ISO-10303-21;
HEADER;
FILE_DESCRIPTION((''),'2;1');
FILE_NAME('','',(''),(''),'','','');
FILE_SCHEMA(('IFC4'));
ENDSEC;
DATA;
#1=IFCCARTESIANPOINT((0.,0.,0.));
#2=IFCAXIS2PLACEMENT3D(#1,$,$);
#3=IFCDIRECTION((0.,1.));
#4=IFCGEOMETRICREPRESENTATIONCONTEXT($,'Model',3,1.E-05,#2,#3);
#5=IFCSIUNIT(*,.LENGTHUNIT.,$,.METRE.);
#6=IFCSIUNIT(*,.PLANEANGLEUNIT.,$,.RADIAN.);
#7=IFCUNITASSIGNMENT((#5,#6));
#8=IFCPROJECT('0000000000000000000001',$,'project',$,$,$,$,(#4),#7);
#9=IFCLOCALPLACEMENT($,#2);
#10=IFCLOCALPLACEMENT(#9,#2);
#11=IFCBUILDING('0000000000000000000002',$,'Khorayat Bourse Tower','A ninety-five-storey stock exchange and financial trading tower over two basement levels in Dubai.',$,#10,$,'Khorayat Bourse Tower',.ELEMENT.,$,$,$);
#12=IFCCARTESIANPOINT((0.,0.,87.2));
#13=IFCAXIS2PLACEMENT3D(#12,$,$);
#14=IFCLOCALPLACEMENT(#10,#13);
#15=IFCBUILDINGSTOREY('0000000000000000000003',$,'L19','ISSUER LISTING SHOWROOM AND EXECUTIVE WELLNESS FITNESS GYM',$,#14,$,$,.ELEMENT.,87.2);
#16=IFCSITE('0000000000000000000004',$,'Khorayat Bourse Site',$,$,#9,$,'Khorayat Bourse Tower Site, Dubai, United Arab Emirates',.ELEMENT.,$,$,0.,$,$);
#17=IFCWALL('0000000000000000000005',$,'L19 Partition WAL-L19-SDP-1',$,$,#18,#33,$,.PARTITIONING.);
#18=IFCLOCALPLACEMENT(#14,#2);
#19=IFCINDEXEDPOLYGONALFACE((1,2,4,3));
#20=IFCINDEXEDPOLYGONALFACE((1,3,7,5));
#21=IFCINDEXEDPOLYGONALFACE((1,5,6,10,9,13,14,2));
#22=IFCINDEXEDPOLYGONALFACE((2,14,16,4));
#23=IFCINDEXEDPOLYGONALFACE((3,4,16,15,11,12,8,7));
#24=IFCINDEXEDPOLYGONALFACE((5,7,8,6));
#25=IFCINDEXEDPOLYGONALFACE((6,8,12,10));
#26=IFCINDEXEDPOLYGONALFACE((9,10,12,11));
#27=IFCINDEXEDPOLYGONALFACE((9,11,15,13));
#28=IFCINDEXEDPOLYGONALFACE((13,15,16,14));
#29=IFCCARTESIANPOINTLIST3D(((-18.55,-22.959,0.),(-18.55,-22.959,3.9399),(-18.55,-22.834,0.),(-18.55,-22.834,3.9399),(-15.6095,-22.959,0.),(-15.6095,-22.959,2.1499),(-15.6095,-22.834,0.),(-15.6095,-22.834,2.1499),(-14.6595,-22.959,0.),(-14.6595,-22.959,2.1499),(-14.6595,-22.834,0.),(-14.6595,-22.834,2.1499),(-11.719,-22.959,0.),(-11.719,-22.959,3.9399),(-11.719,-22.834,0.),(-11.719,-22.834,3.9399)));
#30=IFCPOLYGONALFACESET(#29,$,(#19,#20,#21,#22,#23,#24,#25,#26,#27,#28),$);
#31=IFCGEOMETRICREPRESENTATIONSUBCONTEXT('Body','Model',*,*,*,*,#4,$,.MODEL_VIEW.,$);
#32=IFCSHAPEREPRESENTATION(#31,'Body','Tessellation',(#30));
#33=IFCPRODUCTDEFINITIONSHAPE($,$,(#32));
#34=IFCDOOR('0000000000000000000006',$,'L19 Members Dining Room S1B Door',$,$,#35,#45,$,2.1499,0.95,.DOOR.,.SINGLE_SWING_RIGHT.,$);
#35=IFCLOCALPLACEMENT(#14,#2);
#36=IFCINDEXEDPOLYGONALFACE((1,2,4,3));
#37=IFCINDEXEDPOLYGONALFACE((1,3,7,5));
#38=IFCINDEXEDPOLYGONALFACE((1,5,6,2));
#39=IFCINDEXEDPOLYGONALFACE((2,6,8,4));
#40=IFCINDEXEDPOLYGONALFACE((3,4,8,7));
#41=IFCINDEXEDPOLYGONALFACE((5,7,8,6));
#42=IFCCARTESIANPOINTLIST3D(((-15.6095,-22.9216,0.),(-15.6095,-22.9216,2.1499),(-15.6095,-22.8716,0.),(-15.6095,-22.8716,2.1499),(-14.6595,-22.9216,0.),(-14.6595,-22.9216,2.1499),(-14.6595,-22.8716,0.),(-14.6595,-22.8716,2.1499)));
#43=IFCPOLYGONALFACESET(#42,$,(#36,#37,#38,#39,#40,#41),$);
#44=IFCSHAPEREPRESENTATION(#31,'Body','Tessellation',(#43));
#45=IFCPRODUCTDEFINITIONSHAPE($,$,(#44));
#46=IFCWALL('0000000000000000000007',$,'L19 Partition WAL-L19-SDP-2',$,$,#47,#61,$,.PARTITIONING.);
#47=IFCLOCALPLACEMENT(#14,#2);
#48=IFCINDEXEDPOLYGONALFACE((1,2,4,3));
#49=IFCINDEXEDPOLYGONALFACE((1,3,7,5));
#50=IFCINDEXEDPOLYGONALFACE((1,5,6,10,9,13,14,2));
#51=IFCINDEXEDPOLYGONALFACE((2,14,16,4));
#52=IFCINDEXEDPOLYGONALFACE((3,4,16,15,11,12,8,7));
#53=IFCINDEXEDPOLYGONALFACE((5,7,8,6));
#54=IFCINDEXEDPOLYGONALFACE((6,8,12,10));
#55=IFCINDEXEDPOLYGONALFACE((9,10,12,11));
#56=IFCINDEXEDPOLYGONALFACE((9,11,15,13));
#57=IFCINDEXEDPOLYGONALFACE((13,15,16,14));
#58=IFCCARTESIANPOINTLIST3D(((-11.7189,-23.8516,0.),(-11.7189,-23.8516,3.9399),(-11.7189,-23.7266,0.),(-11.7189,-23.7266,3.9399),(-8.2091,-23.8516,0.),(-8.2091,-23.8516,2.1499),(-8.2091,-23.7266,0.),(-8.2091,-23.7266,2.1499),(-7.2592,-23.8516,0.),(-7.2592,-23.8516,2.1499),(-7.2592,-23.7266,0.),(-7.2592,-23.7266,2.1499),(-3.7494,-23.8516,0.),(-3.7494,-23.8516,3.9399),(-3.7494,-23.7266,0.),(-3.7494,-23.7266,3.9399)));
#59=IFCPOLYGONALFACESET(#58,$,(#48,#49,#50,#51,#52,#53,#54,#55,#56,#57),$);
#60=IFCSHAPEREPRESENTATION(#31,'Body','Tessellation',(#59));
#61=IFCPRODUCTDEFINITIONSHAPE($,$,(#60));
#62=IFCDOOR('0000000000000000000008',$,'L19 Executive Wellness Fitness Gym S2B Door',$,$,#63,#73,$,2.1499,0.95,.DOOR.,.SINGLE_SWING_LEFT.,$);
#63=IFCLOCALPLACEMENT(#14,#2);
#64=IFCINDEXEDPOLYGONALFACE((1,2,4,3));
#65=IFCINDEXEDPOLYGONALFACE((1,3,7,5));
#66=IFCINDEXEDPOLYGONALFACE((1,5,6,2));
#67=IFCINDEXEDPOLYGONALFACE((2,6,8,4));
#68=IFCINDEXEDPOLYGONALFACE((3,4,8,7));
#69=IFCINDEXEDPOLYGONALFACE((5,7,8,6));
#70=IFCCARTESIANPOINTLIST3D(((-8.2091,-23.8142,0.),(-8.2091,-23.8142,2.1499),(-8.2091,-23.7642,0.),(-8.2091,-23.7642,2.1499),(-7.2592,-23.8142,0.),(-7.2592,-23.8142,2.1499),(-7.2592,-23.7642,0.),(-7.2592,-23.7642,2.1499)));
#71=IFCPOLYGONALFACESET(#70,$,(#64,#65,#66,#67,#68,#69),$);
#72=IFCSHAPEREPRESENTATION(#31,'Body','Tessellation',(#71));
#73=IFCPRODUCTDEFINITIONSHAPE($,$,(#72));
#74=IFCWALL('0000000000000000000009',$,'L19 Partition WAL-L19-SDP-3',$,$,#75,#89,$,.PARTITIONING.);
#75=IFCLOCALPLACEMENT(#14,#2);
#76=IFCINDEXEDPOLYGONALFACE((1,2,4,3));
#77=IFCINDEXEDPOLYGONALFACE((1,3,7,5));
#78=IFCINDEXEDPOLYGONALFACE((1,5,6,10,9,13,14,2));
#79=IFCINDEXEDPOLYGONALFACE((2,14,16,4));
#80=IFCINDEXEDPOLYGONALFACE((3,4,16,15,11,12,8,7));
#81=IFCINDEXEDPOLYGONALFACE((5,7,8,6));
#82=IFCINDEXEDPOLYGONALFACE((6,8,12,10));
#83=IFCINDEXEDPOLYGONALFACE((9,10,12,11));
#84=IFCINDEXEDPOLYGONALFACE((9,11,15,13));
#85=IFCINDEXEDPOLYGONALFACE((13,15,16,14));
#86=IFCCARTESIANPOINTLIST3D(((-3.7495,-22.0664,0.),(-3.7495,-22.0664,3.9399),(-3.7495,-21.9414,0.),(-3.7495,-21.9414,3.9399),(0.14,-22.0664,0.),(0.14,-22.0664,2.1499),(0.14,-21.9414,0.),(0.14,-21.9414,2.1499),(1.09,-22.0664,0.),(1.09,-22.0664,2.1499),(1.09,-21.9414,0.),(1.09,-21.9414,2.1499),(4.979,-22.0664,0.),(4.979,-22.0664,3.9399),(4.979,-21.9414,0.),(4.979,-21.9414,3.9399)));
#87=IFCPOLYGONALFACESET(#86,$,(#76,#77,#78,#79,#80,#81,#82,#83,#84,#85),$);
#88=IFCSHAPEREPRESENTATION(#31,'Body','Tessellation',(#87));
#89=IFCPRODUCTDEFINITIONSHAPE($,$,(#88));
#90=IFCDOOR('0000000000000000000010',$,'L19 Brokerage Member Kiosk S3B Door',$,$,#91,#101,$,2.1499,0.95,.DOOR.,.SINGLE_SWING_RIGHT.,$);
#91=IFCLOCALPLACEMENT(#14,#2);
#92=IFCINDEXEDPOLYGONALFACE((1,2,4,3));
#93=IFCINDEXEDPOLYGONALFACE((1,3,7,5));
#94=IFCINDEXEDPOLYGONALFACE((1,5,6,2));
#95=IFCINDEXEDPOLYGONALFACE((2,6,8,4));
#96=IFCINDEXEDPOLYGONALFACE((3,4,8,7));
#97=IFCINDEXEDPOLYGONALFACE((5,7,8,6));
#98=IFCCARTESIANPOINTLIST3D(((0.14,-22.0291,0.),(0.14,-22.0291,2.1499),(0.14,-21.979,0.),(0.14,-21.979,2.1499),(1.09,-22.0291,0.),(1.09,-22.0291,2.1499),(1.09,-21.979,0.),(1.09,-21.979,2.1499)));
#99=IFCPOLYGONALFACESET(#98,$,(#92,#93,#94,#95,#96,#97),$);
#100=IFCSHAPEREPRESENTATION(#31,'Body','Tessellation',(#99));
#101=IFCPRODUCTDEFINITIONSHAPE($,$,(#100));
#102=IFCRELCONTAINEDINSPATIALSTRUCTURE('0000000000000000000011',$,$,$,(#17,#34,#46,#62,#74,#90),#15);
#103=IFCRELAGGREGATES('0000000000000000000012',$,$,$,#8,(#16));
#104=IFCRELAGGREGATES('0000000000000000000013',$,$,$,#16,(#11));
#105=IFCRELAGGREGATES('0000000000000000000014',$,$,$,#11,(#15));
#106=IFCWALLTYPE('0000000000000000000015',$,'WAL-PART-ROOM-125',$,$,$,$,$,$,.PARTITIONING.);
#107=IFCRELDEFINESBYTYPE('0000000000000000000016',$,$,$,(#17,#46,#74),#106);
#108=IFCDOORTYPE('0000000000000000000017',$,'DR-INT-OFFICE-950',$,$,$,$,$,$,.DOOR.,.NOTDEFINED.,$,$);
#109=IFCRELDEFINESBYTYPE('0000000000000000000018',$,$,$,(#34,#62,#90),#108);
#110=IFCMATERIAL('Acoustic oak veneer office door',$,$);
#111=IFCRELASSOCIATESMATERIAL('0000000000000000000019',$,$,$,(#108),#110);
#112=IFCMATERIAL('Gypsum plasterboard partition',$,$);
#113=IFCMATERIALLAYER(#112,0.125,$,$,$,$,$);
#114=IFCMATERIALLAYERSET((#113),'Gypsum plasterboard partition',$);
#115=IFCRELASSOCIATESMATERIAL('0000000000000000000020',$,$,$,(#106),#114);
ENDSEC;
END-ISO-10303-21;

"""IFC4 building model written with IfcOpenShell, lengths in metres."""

from ifc_helpers import new_model, si_unit, direction, frame, frame_2d, origin, place, context, subcontext, project, spatial, rectangle, extrude, source, transform, mapped, material, layer, layer_set, type_object, element, fill, save


model = new_model("IFC4")

# Units and contexts
model_context = context("Model", 3, precision=1e-05, world=origin(), true_north=direction((0.0, 1.0)))
body_context = subcontext(model_context, "Body", "Model", "MODEL_VIEW")
ifc_project = project(units=[si_unit("LENGTHUNIT", "METRE"), si_unit("PLANEANGLEUNIT", "RADIAN")], contexts=[model_context])

# Site, building, storey
site_placement = place(None, origin())
site = spatial("IfcSite", under=ifc_project, at=site_placement, Name="Khorayat Bourse Site", LongName="Khorayat Bourse Tower Site, Dubai, United Arab Emirates", CompositionType="ELEMENT", RefElevation=0.0)
building_placement = place(site_placement, origin())
building = spatial("IfcBuilding", under=site, at=building_placement, Name="Khorayat Bourse Tower", Description="A ninety-five-storey stock exchange and financial trading tower over two basement levels in Dubai.", LongName="Khorayat Bourse Tower", CompositionType="ELEMENT")
storey_placement = place(building_placement, frame((0.0, 0.0, 87.2)))
storey = spatial("IfcBuildingStorey", under=building, at=storey_placement, Name="L19", Description="ISSUER LISTING SHOWROOM AND EXECUTIVE WELLNESS FITNESS GYM", CompositionType="ELEMENT", Elevation=87.2)

# Shared definitions
ifc_material_1 = material(Name="Acoustic oak veneer office door")
door_type = type_object("IfcDoorType", Name="DR-INT-OFFICE-950", OperationType="NOTDEFINED", PredefinedType="DOOR", material=ifc_material_1)
shared_shape_1 = source(origin(), body_context, "Body", "SweptSolid", [
    extrude(rectangle(XDim=0.95, YDim=2.1499, at=frame_2d((0.4751, 1.075))), frame((0.0, 0.0249, 0.0), z_axis=(0.0, -1.0, 0.0), x_axis=(1.0, 0.0, 0.0)), (0.0, 0.0, 1.0), 0.05),
])

# Walls, openings, doors
ifc_material_2 = material(Name="Gypsum plasterboard partition")
ifc_layer_1 = layer(ifc_material_2, 0.125)
ifc_layer_set_1 = layer_set([ifc_layer_1], Name="Gypsum plasterboard partition")
wall_type_1 = type_object("IfcWallType", Name="WAL-PART-ROOM-125", PredefinedType="PARTITIONING", material=ifc_layer_set_1)
shared_shape_2 = source(origin(), body_context, "Body", "SweptSolid", [
    extrude(rectangle(XDim=6.8311, YDim=0.125, at=frame_2d((3.4155, 0.0))), origin(), (0.0, 0.0, 1.0), 3.9399),
])
wall_1_placement = place(storey_placement, frame((-18.55, -22.8965, 0.0), z_axis=(0.0, 0.0, 1.0), x_axis=(1.0, 0.0, 0.0)))
wall_1 = element("IfcWall", 1, at=wall_1_placement, inside=storey, type_object=wall_type_1, Name="L19 Partition WAL-L19-SDP-1", PredefinedType="PARTITIONING", context=body_context, shape_type="MappedRepresentation", body=[
    mapped(shared_shape_2, transform((0.0, 0.0, 0.0), scale=1.0)),
])
shared_shape_3 = source(origin(), body_context, "Body", "SweptSolid", [
    extrude(rectangle(XDim=0.95, YDim=2.1499, at=frame_2d((0.4751, 1.075))), frame((0.0, 0.0725, 0.0), z_axis=(0.0, -1.0, 0.0), x_axis=(1.0, 0.0, 0.0)), (0.0, 0.0, 1.0), 0.145),
])
opening_1_placement = place(wall_1_placement, frame((2.9404, 0.0, 0.0)))
opening_1 = element("IfcOpeningElement", 2, at=opening_1_placement, cuts=wall_1, PredefinedType="OPENING", context=body_context, shape_type="MappedRepresentation", body=[
    mapped(shared_shape_3, transform((0.0, 0.0, 0.0), scale=1.0)),
])
door_1_placement = place(opening_1_placement, origin())
door_1 = element("IfcDoor", 3, at=door_1_placement, inside=storey, type_object=door_type, Name="L19 Members Dining Room S1B Door", OperationType="SINGLE_SWING_RIGHT", OverallHeight=2.1499, OverallWidth=0.95, PredefinedType="DOOR", context=body_context, shape_type="MappedRepresentation", body=[
    mapped(shared_shape_1, transform((0.0, 0.0, 0.0), scale=1.0)),
])
fill(opening_1, door_1)
shared_shape_4 = source(origin(), body_context, "Body", "SweptSolid", [
    extrude(rectangle(XDim=7.9695, YDim=0.125, at=frame_2d((3.9849, 0.0))), origin(), (0.0, 0.0, 1.0), 3.9399),
])
wall_2_placement = place(storey_placement, frame((-11.719, -23.7891, 0.0), z_axis=(0.0, 0.0, 1.0), x_axis=(1.0, 0.0, 0.0)))
wall_2 = element("IfcWall", 4, at=wall_2_placement, inside=storey, type_object=wall_type_1, Name="L19 Partition WAL-L19-SDP-2", PredefinedType="PARTITIONING", context=body_context, shape_type="MappedRepresentation", body=[
    mapped(shared_shape_4, transform((0.0, 0.0, 0.0), scale=1.0)),
])
opening_2_placement = place(wall_2_placement, frame((3.5098, 0.0, 0.0)))
opening_2 = element("IfcOpeningElement", 5, at=opening_2_placement, cuts=wall_2, PredefinedType="OPENING", context=body_context, shape_type="MappedRepresentation", body=[
    mapped(shared_shape_3, transform((0.0, 0.0, 0.0), scale=1.0)),
])
door_2_placement = place(opening_2_placement, origin())
door_2 = element("IfcDoor", 6, at=door_2_placement, inside=storey, type_object=door_type, Name="L19 Executive Wellness Fitness Gym S2B Door", OperationType="SINGLE_SWING_LEFT", OverallHeight=2.1499, OverallWidth=0.95, PredefinedType="DOOR", context=body_context, shape_type="MappedRepresentation", body=[
    mapped(shared_shape_1, transform((0.0, 0.0, 0.0), scale=1.0)),
])
fill(opening_2, door_2)
shared_shape_5 = source(origin(), body_context, "Body", "SweptSolid", [
    extrude(rectangle(XDim=8.7285, YDim=0.125, at=frame_2d((4.3643, 0.0))), origin(), (0.0, 0.0, 1.0), 3.9399),
])
wall_3_placement = place(storey_placement, frame((-3.7495, -22.0039, 0.0), z_axis=(0.0, 0.0, 1.0), x_axis=(1.0, 0.0, 0.0)))
wall_3 = element("IfcWall", 7, at=wall_3_placement, inside=storey, type_object=wall_type_1, Name="L19 Partition WAL-L19-SDP-3", PredefinedType="PARTITIONING", context=body_context, shape_type="MappedRepresentation", body=[
    mapped(shared_shape_5, transform((0.0, 0.0, 0.0), scale=1.0)),
])
opening_3_placement = place(wall_3_placement, frame((3.8894, 0.0, 0.0)))
opening_3 = element("IfcOpeningElement", 8, at=opening_3_placement, cuts=wall_3, PredefinedType="OPENING", context=body_context, shape_type="MappedRepresentation", body=[
    mapped(shared_shape_3, transform((0.0, 0.0, 0.0), scale=1.0)),
])
door_3_placement = place(opening_3_placement, origin())
door_3 = element("IfcDoor", 9, at=door_3_placement, inside=storey, type_object=door_type, Name="L19 Brokerage Member Kiosk S3B Door", OperationType="SINGLE_SWING_RIGHT", OverallHeight=2.1499, OverallWidth=0.95, PredefinedType="DOOR", context=body_context, shape_type="MappedRepresentation", body=[
    mapped(shared_shape_1, transform((0.0, 0.0, 0.0), scale=1.0)),
])
fill(opening_3, door_3)

save(model, "model.ifc")
